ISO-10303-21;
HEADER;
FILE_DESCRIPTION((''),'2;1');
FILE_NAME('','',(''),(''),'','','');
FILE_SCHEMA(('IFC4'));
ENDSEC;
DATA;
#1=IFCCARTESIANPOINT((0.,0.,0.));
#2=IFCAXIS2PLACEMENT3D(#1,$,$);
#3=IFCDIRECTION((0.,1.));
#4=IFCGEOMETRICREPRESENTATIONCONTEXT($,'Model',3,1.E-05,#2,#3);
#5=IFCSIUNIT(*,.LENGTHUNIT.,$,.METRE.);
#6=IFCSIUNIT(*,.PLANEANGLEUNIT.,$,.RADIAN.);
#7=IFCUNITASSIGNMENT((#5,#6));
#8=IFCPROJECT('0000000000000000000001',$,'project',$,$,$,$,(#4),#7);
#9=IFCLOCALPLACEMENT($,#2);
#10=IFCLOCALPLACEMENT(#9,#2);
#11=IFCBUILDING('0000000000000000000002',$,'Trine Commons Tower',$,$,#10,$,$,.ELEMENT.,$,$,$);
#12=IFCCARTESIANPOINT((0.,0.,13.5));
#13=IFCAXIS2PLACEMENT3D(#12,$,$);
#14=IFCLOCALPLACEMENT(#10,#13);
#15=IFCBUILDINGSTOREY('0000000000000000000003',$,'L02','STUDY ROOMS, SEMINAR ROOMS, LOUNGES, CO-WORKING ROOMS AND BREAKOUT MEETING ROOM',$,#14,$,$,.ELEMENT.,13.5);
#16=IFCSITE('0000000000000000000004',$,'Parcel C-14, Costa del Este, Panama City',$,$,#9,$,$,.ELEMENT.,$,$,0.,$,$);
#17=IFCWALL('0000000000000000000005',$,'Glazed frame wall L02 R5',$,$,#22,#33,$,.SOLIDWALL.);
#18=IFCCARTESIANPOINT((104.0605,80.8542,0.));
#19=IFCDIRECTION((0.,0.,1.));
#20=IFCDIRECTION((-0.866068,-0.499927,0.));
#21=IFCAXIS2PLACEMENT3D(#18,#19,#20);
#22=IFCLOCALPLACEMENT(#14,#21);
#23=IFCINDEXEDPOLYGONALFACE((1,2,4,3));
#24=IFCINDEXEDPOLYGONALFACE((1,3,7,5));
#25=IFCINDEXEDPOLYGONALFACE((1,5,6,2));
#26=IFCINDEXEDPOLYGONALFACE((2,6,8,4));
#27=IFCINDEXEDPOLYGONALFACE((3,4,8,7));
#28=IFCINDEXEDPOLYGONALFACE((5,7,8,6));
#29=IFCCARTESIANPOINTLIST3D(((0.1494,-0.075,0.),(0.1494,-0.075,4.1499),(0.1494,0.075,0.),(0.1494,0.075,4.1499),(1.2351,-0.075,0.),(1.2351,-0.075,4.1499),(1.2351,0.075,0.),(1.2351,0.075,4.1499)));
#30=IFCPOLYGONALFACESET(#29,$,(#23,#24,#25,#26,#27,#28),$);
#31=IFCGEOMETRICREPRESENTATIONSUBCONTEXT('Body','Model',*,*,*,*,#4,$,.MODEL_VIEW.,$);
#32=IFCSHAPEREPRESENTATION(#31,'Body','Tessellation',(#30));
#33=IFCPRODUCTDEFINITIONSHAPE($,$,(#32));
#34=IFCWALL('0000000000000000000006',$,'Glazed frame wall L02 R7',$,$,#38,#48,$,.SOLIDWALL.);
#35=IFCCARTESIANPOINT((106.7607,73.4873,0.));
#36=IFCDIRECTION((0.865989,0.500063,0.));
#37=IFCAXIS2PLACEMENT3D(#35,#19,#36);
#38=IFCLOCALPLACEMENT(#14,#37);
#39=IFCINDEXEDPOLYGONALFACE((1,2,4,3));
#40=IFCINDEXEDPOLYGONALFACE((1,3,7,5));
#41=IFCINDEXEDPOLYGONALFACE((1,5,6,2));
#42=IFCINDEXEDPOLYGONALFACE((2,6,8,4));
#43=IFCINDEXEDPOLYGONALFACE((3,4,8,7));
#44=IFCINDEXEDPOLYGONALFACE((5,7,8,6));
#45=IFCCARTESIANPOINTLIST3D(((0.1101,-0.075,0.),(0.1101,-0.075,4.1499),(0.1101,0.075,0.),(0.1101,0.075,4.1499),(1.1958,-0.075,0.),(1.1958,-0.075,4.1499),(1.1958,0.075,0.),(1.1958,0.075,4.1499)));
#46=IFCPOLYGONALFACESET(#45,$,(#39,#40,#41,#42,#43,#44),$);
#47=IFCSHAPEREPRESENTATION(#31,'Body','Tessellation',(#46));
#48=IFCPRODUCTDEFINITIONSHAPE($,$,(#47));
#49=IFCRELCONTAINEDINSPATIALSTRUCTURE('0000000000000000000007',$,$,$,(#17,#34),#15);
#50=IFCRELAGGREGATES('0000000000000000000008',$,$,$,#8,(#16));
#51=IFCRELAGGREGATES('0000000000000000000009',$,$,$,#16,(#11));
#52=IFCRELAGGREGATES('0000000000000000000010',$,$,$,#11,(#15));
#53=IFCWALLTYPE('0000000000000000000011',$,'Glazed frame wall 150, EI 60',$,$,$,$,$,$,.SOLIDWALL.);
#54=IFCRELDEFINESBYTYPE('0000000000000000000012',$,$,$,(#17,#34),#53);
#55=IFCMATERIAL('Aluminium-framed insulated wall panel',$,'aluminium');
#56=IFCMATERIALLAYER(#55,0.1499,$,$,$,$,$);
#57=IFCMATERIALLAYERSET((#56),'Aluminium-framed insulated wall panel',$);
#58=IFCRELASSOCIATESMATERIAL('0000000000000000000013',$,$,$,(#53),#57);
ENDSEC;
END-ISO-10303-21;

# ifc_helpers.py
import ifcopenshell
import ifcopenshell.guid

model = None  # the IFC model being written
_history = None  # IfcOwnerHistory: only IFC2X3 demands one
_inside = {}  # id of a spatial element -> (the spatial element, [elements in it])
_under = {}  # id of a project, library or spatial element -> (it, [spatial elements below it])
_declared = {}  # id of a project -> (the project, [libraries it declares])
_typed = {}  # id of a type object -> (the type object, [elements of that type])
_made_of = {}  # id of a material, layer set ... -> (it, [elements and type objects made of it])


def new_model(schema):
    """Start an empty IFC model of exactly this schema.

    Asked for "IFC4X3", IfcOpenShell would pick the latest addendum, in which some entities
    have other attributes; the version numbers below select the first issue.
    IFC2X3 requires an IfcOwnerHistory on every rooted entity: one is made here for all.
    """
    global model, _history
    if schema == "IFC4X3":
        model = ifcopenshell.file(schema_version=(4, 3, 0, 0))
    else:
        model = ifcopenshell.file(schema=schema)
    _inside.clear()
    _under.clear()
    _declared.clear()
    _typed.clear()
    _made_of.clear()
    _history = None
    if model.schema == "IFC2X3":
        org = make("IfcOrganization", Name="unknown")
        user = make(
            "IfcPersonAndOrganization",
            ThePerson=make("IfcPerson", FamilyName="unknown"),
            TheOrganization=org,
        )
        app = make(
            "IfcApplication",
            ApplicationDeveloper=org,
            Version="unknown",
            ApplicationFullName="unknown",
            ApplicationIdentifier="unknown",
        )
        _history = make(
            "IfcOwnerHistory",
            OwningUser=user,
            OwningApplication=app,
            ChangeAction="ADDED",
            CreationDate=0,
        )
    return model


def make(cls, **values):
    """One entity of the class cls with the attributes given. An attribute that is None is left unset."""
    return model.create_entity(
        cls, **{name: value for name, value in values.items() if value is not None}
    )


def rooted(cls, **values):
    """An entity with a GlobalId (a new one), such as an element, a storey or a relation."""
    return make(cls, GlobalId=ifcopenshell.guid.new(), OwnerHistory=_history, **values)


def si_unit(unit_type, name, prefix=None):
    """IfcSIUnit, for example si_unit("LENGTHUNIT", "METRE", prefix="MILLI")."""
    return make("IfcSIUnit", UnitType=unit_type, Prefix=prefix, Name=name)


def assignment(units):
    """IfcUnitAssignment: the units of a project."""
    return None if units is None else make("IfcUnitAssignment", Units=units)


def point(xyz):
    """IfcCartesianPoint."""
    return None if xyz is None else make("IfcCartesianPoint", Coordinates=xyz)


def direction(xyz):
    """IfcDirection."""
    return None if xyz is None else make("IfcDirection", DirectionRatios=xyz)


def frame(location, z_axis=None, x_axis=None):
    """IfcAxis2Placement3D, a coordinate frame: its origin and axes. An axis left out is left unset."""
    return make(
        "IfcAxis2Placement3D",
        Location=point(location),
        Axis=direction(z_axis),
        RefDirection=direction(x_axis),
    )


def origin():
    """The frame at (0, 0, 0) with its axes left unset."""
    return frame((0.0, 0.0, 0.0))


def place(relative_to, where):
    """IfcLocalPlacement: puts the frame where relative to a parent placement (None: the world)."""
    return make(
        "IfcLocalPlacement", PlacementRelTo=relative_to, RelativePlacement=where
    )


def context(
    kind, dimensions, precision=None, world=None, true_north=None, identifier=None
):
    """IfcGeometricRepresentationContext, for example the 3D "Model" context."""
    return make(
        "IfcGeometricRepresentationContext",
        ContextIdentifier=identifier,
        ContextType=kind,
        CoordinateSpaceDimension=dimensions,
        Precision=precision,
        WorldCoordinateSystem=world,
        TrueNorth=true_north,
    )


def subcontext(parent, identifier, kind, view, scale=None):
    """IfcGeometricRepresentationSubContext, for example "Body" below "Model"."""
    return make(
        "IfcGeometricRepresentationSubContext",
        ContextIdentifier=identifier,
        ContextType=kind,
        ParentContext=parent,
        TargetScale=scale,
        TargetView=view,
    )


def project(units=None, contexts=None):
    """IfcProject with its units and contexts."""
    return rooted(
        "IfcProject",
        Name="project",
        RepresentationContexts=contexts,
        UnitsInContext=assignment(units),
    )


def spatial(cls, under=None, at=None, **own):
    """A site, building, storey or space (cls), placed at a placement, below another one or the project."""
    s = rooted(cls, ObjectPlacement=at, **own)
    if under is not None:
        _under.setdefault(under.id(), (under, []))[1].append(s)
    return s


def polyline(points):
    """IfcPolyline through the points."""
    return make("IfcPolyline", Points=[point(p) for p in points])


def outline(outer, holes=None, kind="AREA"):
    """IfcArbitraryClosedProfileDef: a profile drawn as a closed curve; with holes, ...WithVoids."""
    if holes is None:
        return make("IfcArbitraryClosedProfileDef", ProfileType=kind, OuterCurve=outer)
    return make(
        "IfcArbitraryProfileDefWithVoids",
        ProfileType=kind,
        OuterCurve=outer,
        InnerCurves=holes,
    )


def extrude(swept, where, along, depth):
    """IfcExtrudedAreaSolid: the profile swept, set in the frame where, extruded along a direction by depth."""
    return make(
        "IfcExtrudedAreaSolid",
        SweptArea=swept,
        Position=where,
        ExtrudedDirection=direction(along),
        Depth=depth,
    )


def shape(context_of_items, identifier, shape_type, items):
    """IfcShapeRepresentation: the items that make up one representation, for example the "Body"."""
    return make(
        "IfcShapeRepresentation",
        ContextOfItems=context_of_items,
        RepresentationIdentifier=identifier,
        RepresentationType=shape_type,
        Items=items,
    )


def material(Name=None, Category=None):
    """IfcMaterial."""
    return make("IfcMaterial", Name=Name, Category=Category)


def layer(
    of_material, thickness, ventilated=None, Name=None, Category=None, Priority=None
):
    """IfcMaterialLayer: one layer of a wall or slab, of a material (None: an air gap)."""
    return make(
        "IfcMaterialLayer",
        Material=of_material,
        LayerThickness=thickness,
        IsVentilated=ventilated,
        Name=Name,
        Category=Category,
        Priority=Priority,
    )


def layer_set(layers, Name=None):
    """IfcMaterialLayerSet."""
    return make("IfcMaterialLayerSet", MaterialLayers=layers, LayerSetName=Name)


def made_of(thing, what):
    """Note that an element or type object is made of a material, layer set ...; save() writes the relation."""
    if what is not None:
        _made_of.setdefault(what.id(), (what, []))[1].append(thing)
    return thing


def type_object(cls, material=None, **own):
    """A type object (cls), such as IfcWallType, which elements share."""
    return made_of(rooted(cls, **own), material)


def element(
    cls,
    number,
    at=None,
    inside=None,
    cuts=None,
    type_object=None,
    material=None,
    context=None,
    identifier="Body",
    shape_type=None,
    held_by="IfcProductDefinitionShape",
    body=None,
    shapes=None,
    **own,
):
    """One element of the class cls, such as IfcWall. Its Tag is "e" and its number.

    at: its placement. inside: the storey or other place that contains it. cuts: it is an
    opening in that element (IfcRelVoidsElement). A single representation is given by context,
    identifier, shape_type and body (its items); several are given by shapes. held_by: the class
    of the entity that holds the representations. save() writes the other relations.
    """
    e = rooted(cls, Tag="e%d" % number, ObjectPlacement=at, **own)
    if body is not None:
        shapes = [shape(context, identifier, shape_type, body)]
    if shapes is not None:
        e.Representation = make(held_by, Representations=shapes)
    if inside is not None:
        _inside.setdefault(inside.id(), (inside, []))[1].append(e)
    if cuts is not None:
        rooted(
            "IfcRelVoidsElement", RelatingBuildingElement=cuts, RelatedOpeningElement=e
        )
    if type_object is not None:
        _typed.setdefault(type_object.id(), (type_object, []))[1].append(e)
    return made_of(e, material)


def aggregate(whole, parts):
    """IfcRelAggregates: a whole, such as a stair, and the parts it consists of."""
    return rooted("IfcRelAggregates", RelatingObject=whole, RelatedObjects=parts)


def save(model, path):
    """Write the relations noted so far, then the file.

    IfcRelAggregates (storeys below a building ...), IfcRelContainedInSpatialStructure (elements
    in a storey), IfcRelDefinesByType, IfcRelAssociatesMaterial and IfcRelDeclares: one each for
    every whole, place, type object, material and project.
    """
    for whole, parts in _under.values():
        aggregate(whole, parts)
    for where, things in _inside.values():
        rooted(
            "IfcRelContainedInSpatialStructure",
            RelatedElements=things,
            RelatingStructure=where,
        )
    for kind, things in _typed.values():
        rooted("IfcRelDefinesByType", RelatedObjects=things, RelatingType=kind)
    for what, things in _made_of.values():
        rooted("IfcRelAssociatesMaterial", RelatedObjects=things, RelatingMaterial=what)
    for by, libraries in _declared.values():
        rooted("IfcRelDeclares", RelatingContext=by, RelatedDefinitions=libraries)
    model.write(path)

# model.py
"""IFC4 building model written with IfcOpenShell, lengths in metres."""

from ifc_helpers import new_model, si_unit, direction, frame, origin, place, context, subcontext, project, spatial, polyline, outline, extrude, material, layer, layer_set, type_object, element, save


model = new_model("IFC4")

# Units and contexts
model_context = context("Model", 3, precision=1e-05, world=origin(), true_north=direction((0.0, 1.0)))
body_context = subcontext(model_context, "Body", "Model", "MODEL_VIEW")
ifc_project = project(units=[si_unit("LENGTHUNIT", "METRE"), si_unit("PLANEANGLEUNIT", "RADIAN")], contexts=[model_context])

# Site, building, storey
site_placement = place(None, origin())
site = spatial("IfcSite", under=ifc_project, at=site_placement, Name="Parcel C-14, Costa del Este, Panama City", CompositionType="ELEMENT", RefElevation=0.0)
building_placement = place(site_placement, origin())
building = spatial("IfcBuilding", under=site, at=building_placement, Name="Trine Commons Tower", CompositionType="ELEMENT")
storey_placement = place(building_placement, frame((0.0, 0.0, 13.5)))
storey = spatial("IfcBuildingStorey", under=building, at=storey_placement, Name="L02", Description="STUDY ROOMS, SEMINAR ROOMS, LOUNGES, CO-WORKING ROOMS AND BREAKOUT MEETING ROOM", CompositionType="ELEMENT", Elevation=13.5)

# Walls
ifc_material_1 = material(Name="Aluminium-framed insulated wall panel", Category="aluminium")
ifc_layer_1 = layer(ifc_material_1, 0.1499)
ifc_layer_set_1 = layer_set([ifc_layer_1], Name="Aluminium-framed insulated wall panel")
wall_type = type_object("IfcWallType", Name="Glazed frame wall 150, EI 60", PredefinedType="SOLIDWALL", material=ifc_layer_set_1)
wall_1_placement = place(storey_placement, frame((104.0605, 80.8542, 0.0), z_axis=(0.0, 0.0, 1.0), x_axis=(-0.866068, -0.499927, 0.0)))
element("IfcWall", 1, at=wall_1_placement, inside=storey, type_object=wall_type, Name="Glazed frame wall L02 R5", PredefinedType="SOLIDWALL", context=body_context, shape_type="SweptSolid", body=[
    extrude(outline(polyline([(0.1494, 0.075), (0.1494, -0.075), (1.2351, -0.075), (1.2351, 0.075), (0.1494, 0.075)])), origin(), (0.0, 0.0, 1.0), 4.1499),
])
wall_2_placement = place(storey_placement, frame((106.7607, 73.4873, 0.0), z_axis=(0.0, 0.0, 1.0), x_axis=(0.865989, 0.500063, 0.0)))
element("IfcWall", 2, at=wall_2_placement, inside=storey, type_object=wall_type, Name="Glazed frame wall L02 R7", PredefinedType="SOLIDWALL", context=body_context, shape_type="SweptSolid", body=[
    extrude(outline(polyline([(0.1101, 0.075), (0.1101, -0.075), (1.1958, -0.075), (1.1958, 0.075), (0.1101, 0.075)])), origin(), (0.0, 0.0, 1.0), 4.1499),
])

save(model, "model.ifc")
